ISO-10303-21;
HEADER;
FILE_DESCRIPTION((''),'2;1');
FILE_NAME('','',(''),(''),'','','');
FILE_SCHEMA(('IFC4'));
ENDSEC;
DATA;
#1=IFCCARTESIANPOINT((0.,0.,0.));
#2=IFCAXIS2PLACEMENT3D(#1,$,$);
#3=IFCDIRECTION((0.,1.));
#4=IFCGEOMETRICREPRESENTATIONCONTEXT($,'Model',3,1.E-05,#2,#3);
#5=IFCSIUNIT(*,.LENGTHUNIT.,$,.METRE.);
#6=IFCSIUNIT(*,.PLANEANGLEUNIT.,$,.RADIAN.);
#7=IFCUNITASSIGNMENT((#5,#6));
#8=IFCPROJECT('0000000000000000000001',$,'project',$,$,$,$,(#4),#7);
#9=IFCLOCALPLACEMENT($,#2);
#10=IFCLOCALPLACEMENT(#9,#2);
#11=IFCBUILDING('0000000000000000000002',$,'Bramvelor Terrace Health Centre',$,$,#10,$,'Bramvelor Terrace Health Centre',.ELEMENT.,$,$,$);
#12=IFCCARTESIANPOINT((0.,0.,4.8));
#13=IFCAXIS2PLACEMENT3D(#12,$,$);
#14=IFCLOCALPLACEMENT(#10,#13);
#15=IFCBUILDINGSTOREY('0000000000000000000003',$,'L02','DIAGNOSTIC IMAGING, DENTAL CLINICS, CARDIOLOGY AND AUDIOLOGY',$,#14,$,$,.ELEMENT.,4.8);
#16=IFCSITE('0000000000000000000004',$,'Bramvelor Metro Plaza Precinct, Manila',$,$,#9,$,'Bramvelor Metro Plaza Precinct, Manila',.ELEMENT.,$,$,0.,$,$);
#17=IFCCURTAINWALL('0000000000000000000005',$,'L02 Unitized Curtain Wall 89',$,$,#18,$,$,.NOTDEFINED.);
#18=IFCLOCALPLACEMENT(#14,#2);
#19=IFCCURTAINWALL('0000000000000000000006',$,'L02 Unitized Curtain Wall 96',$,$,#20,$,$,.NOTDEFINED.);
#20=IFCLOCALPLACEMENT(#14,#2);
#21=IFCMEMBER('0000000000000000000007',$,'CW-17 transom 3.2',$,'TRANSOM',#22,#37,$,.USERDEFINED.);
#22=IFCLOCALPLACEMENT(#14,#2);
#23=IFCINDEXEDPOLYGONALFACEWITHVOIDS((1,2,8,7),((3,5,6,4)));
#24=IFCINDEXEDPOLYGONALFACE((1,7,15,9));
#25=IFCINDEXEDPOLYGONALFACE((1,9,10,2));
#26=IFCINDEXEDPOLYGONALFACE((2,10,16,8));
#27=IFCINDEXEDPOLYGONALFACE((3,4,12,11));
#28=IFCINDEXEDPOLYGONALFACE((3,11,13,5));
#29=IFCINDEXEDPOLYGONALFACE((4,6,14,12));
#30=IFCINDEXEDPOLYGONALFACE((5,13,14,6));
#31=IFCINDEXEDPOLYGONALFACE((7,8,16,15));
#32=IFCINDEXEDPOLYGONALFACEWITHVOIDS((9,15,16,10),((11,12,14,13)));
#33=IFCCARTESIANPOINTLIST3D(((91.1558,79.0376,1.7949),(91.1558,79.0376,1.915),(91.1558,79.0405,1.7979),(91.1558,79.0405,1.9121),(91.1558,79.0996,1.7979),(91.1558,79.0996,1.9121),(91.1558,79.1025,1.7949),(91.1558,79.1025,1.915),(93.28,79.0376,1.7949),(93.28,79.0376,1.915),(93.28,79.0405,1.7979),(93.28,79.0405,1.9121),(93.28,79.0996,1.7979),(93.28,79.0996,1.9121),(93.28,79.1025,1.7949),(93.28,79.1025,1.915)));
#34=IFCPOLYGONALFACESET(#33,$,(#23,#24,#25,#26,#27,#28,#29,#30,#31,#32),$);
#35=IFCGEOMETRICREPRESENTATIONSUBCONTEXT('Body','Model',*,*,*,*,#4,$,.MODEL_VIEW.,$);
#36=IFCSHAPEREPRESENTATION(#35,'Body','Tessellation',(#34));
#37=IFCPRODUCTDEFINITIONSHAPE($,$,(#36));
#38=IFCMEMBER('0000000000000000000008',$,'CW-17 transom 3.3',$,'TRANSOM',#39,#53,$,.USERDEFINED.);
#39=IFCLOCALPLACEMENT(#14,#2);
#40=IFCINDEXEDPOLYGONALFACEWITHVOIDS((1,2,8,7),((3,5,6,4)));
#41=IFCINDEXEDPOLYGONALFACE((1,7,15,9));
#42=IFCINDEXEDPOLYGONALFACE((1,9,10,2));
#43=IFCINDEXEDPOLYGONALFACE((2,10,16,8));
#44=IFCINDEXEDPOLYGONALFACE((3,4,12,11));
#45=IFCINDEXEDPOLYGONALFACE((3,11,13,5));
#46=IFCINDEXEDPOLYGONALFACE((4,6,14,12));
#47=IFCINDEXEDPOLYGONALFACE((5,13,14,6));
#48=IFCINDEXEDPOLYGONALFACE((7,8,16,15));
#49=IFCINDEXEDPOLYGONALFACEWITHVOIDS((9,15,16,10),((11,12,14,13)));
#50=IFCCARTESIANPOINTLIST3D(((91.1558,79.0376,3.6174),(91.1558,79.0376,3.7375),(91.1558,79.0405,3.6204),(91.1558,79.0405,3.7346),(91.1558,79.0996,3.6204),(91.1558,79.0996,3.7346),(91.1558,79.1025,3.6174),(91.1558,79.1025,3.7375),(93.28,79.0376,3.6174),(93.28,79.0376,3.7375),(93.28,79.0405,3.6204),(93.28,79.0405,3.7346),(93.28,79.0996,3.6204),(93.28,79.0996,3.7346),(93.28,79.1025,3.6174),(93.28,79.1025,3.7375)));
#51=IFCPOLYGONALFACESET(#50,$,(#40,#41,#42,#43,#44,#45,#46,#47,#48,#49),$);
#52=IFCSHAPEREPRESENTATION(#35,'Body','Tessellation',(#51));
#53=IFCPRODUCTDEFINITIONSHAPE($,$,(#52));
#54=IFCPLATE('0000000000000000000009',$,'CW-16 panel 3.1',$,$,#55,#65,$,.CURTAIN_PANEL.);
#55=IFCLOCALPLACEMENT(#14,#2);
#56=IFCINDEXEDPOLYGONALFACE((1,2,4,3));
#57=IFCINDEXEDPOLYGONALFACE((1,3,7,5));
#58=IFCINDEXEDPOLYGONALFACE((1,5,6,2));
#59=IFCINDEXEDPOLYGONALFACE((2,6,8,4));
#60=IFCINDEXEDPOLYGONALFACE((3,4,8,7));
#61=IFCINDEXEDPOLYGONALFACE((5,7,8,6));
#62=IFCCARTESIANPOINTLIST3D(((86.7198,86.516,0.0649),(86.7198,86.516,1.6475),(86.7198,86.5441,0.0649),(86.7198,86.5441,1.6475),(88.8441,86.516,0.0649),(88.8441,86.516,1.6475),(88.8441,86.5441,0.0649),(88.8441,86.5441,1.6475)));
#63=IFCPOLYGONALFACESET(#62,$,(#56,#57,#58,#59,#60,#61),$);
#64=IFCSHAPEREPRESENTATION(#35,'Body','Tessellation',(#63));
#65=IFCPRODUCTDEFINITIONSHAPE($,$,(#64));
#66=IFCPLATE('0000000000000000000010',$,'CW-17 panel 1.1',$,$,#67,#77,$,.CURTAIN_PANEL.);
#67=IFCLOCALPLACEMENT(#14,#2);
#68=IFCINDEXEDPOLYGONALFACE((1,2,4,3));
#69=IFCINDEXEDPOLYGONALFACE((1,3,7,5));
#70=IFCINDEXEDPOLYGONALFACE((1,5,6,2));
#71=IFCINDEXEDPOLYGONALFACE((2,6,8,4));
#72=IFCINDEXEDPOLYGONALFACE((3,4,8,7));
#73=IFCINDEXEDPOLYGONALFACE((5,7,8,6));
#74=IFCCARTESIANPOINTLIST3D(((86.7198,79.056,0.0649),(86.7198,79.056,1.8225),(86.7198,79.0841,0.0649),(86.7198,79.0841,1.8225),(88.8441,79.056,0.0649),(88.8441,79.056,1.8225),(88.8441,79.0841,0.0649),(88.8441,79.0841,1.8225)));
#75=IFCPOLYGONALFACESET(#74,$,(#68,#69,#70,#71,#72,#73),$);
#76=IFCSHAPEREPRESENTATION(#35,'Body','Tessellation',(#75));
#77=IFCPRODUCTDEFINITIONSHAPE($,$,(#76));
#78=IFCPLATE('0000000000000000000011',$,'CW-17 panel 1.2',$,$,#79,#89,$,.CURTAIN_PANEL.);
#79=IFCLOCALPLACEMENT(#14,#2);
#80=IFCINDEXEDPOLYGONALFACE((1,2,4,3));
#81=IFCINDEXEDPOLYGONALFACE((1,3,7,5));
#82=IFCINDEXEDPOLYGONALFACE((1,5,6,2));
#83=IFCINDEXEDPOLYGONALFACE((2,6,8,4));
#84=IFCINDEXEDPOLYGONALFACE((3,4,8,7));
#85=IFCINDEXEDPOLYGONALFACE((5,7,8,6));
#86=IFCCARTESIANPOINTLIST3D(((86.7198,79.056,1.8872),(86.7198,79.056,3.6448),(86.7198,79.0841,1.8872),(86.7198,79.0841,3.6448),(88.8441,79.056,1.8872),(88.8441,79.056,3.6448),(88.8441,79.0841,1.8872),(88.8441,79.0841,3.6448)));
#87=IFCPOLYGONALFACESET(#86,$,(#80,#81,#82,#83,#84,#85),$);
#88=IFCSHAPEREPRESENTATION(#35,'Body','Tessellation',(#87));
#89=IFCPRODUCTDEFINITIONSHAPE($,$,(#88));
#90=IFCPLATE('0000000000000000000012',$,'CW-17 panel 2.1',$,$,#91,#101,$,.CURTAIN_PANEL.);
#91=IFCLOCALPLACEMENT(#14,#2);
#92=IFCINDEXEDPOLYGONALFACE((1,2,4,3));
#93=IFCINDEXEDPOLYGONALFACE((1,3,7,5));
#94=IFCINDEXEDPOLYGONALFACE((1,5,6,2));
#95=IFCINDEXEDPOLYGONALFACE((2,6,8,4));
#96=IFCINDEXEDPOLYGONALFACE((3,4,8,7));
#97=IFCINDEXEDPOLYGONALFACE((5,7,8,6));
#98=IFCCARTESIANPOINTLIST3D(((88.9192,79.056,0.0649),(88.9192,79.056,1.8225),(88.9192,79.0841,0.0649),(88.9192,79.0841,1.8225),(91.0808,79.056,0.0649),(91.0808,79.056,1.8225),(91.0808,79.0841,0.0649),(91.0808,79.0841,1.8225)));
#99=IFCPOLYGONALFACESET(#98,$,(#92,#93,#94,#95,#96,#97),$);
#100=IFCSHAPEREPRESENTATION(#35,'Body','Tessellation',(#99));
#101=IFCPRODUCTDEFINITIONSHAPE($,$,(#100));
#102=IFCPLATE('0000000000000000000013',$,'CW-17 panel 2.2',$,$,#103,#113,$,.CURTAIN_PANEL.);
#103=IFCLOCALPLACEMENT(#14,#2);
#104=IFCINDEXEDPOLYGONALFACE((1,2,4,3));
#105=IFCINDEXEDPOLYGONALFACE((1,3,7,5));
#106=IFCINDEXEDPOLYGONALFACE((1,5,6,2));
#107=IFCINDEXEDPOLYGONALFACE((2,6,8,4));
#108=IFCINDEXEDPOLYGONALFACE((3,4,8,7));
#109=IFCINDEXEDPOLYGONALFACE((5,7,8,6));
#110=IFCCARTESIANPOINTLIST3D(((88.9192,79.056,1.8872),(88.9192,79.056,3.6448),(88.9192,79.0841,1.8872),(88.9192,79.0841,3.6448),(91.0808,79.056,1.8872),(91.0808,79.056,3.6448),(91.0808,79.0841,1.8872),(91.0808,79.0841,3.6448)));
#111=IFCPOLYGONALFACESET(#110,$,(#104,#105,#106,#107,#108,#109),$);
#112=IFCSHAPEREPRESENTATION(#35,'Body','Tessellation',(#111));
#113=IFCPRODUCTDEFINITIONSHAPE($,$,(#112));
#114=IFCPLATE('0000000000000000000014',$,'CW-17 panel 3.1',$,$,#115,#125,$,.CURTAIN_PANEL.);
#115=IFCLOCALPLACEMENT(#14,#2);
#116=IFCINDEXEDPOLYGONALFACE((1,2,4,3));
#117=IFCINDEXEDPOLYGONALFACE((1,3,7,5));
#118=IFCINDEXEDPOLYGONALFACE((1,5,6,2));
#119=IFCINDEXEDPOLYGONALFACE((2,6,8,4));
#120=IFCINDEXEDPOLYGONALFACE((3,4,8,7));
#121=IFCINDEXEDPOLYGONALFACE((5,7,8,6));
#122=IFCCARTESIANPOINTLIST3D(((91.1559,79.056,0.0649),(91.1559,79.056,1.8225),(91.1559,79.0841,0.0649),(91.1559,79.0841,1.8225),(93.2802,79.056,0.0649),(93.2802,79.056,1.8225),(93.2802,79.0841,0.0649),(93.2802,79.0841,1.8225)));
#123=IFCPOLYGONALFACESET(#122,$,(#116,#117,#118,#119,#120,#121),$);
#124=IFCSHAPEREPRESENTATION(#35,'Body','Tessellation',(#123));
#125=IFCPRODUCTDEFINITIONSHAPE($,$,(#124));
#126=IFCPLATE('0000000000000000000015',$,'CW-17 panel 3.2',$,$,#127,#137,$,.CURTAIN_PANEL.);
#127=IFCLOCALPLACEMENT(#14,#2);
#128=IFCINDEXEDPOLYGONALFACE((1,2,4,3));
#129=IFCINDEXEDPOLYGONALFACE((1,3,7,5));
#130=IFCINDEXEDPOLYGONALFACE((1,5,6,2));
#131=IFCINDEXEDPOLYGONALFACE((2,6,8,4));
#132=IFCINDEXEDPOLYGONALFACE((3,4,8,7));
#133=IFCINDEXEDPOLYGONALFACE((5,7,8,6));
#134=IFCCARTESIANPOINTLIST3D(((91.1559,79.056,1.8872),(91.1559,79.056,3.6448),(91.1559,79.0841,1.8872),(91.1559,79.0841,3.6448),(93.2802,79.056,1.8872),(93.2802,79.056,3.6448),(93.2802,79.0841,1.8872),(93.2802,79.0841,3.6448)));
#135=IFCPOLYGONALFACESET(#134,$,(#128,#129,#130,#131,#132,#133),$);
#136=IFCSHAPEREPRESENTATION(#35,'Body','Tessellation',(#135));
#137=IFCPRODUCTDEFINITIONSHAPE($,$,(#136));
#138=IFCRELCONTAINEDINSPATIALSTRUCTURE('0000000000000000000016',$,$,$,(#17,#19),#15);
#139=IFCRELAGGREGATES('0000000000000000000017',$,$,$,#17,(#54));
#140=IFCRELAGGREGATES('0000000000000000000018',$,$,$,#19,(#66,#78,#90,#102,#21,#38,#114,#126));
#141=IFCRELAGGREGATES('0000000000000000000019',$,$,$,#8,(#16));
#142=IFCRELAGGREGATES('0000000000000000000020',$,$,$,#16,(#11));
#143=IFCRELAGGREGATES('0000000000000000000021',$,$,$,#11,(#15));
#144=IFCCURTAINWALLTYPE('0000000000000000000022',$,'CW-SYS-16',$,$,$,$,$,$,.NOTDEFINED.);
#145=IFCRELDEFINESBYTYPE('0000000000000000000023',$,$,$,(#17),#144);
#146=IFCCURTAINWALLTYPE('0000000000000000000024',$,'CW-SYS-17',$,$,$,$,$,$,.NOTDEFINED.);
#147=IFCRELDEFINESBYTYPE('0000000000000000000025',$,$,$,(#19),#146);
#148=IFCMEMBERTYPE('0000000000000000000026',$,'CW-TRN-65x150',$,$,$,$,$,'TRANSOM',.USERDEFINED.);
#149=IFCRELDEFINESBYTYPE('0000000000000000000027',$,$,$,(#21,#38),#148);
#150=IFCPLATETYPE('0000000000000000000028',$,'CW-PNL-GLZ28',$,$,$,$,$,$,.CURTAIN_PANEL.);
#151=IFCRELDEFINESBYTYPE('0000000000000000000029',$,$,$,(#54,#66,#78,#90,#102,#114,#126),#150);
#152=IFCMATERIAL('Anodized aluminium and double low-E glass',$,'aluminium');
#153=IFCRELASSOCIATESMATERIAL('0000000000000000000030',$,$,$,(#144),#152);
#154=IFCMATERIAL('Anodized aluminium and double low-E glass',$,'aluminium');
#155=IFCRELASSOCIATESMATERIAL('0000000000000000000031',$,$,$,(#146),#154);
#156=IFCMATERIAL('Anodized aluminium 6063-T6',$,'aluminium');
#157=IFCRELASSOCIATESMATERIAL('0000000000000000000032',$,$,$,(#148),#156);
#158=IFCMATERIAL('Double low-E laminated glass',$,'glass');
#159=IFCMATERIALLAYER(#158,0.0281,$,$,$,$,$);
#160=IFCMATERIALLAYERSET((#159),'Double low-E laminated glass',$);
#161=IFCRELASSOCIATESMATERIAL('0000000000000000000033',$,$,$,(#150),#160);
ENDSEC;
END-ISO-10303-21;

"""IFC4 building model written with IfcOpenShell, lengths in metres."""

from ifc_helpers import new_model, si_unit, direction, frame, origin, origin_2d, place, context, subcontext, project, spatial, rectangle, hollow_rectangle, extrude, material, layer, layer_set, material_profile, profile_set, type_object, element, aggregate, save


model = new_model("IFC4")

# Units and contexts
model_context = context("Model", 3, precision=1e-05, world=origin(), true_north=direction((0.0, 1.0)))
body_context = subcontext(model_context, "Body", "Model", "MODEL_VIEW")
ifc_project = project(units=[si_unit("LENGTHUNIT", "METRE"), si_unit("PLANEANGLEUNIT", "RADIAN")], contexts=[model_context])

# Site, building, storey
site_placement = place(None, origin())
site = spatial("IfcSite", under=ifc_project, at=site_placement, Name="Bramvelor Metro Plaza Precinct, Manila", LongName="Bramvelor Metro Plaza Precinct, Manila", CompositionType="ELEMENT", RefElevation=0.0)
building_placement = place(site_placement, origin())
building = spatial("IfcBuilding", under=site, at=building_placement, Name="Bramvelor Terrace Health Centre", LongName="Bramvelor Terrace Health Centre", CompositionType="ELEMENT")
storey_placement = place(building_placement, frame((0.0, 0.0, 4.8)))
storey = spatial("IfcBuildingStorey", under=building, at=storey_placement, Name="L02", Description="DIAGNOSTIC IMAGING, DENTAL CLINICS, CARDIOLOGY AND AUDIOLOGY", CompositionType="ELEMENT", Elevation=4.8)

# Curtain wall
ifc_material_1 = material(Name="Anodized aluminium and double low-E glass", Category="aluminium")
curtain_wall_type_1 = type_object("IfcCurtainWallType", Name="CW-SYS-16", PredefinedType="NOTDEFINED", material=ifc_material_1)
curtain_wall_1_placement = place(storey_placement, origin())
curtain_wall_1 = element("IfcCurtainWall", 1, at=curtain_wall_1_placement, inside=storey, type_object=curtain_wall_type_1, Name="L02 Unitized Curtain Wall 89", PredefinedType="NOTDEFINED")

# Curtain wall, members
ifc_material_2 = material(Name="Anodized aluminium and double low-E glass", Category="aluminium")
curtain_wall_type_2 = type_object("IfcCurtainWallType", Name="CW-SYS-17", PredefinedType="NOTDEFINED", material=ifc_material_2)
curtain_wall_2_placement = place(storey_placement, origin())
curtain_wall_2 = element("IfcCurtainWall", 2, at=curtain_wall_2_placement, inside=storey, type_object=curtain_wall_type_2, Name="L02 Unitized Curtain Wall 96", PredefinedType="NOTDEFINED")
ifc_material_3 = material(Name="Anodized aluminium 6063-T6", Category="aluminium")
ifc_material_profile_1 = material_profile(ifc_material_3, hollow_rectangle(XDim=0.0649, YDim=0.1201, WallThickness=0.0029, at=origin_2d()), Name="ALU-TRN 65x120x3.0")
ifc_profile_set_1 = profile_set([ifc_material_profile_1], Name="Anodized aluminium 6063-T6")
member_type_1 = type_object("IfcMemberType", Name="CW-TRN-65x150", ElementType="TRANSOM", PredefinedType="USERDEFINED", material=ifc_profile_set_1)
member_1_placement = place(storey_placement, frame((91.1558, 79.0701, 1.855), z_axis=(1.0, 0.0, 0.0), x_axis=(0.0, 1.0, 0.0)))
member_1 = element("IfcMember", 3, at=member_1_placement, type_object=member_type_1, Name="CW-17 transom 3.2", ObjectType="TRANSOM", PredefinedType="USERDEFINED", context=body_context, shape_type="SweptSolid", body=[
    extrude(hollow_rectangle(XDim=0.0649, YDim=0.1201, WallThickness=0.0029, at=origin_2d()), origin(), (0.0, 0.0, 1.0), 2.1243),
])
member_2_placement = place(storey_placement, frame((91.1558, 79.0701, 3.6775), z_axis=(1.0, 0.0, 0.0), x_axis=(0.0, 1.0, 0.0)))
member_2 = element("IfcMember", 4, at=member_2_placement, type_object=member_type_1, Name="CW-17 transom 3.3", ObjectType="TRANSOM", PredefinedType="USERDEFINED", context=body_context, shape_type="SweptSolid", body=[
    extrude(hollow_rectangle(XDim=0.0649, YDim=0.1201, WallThickness=0.0029, at=origin_2d()), origin(), (0.0, 0.0, 1.0), 2.1243),
])

# Plates
ifc_material_4 = material(Name="Double low-E laminated glass", Category="glass")
ifc_layer = layer(ifc_material_4, 0.0281)
ifc_layer_set = layer_set([ifc_layer], Name="Double low-E laminated glass")
plate_type = type_object("IfcPlateType", Name="CW-PNL-GLZ28", PredefinedType="CURTAIN_PANEL", material=ifc_layer_set)
plate_1_placement = place(storey_placement, frame((87.782, 86.53, 0.0649), z_axis=(0.0, 0.0, 1.0), x_axis=(-1.0, 0.0, 0.0)))
plate_1 = element("IfcPlate", 5, at=plate_1_placement, type_object=plate_type, Name="CW-16 panel 3.1", PredefinedType="CURTAIN_PANEL", context=body_context, shape_type="SweptSolid", body=[
    extrude(rectangle(XDim=2.1243, YDim=0.0281, at=origin_2d()), origin(), (0.0, 0.0, 1.0), 1.5825),
])
aggregate(curtain_wall_1, [plate_1])
plate_2_placement = place(storey_placement, frame((87.782, 79.0701, 0.0649), z_axis=(0.0, 0.0, 1.0), x_axis=(1.0, 0.0, 0.0)))
plate_2 = element("IfcPlate", 6, at=plate_2_placement, type_object=plate_type, Name="CW-17 panel 1.1", PredefinedType="CURTAIN_PANEL", context=body_context, shape_type="SweptSolid", body=[
    extrude(rectangle(XDim=2.1243, YDim=0.0281, at=origin_2d()), origin(), (0.0, 0.0, 1.0), 1.7576),
])
plate_3_placement = place(storey_placement, frame((87.782, 79.0701, 1.8872), z_axis=(0.0, 0.0, 1.0), x_axis=(1.0, 0.0, 0.0)))
plate_3 = element("IfcPlate", 7, at=plate_3_placement, type_object=plate_type, Name="CW-17 panel 1.2", PredefinedType="CURTAIN_PANEL", context=body_context, shape_type="SweptSolid", body=[
    extrude(rectangle(XDim=2.1243, YDim=0.0281, at=origin_2d()), origin(), (0.0, 0.0, 1.0), 1.7576),
])
plate_4_placement = place(storey_placement, frame((90.0, 79.0701, 0.0649), z_axis=(0.0, 0.0, 1.0), x_axis=(1.0, 0.0, 0.0)))
plate_4 = element("IfcPlate", 8, at=plate_4_placement, type_object=plate_type, Name="CW-17 panel 2.1", PredefinedType="CURTAIN_PANEL", context=body_context, shape_type="SweptSolid", body=[
    extrude(rectangle(XDim=2.1616, YDim=0.0281, at=origin_2d()), origin(), (0.0, 0.0, 1.0), 1.7576),
])
plate_5_placement = place(storey_placement, frame((90.0, 79.0701, 1.8872), z_axis=(0.0, 0.0, 1.0), x_axis=(1.0, 0.0, 0.0)))
plate_5 = element("IfcPlate", 9, at=plate_5_placement, type_object=plate_type, Name="CW-17 panel 2.2", PredefinedType="CURTAIN_PANEL", context=body_context, shape_type="SweptSolid", body=[
    extrude(rectangle(XDim=2.1616, YDim=0.0281, at=origin_2d()), origin(), (0.0, 0.0, 1.0), 1.7576),
])
plate_6_placement = place(storey_placement, frame((92.218, 79.0701, 0.0649), z_axis=(0.0, 0.0, 1.0), x_axis=(1.0, 0.0, 0.0)))
plate_6 = element("IfcPlate", 10, at=plate_6_placement, type_object=plate_type, Name="CW-17 panel 3.1", PredefinedType="CURTAIN_PANEL", context=body_context, shape_type="SweptSolid", body=[
    extrude(rectangle(XDim=2.1243, YDim=0.0281, at=origin_2d()), origin(), (0.0, 0.0, 1.0), 1.7576),
])
plate_7_placement = place(storey_placement, frame((92.218, 79.0701, 1.8872), z_axis=(0.0, 0.0, 1.0), x_axis=(1.0, 0.0, 0.0)))
plate_7 = element("IfcPlate", 11, at=plate_7_placement, type_object=plate_type, Name="CW-17 panel 3.2", PredefinedType="CURTAIN_PANEL", context=body_context, shape_type="SweptSolid", body=[
    extrude(rectangle(XDim=2.1243, YDim=0.0281, at=origin_2d()), origin(), (0.0, 0.0, 1.0), 1.7576),
])
aggregate(curtain_wall_2, [plate_2, plate_3, plate_4, plate_5, member_1, member_2, plate_6, plate_7])

save(model, "model.ifc")
